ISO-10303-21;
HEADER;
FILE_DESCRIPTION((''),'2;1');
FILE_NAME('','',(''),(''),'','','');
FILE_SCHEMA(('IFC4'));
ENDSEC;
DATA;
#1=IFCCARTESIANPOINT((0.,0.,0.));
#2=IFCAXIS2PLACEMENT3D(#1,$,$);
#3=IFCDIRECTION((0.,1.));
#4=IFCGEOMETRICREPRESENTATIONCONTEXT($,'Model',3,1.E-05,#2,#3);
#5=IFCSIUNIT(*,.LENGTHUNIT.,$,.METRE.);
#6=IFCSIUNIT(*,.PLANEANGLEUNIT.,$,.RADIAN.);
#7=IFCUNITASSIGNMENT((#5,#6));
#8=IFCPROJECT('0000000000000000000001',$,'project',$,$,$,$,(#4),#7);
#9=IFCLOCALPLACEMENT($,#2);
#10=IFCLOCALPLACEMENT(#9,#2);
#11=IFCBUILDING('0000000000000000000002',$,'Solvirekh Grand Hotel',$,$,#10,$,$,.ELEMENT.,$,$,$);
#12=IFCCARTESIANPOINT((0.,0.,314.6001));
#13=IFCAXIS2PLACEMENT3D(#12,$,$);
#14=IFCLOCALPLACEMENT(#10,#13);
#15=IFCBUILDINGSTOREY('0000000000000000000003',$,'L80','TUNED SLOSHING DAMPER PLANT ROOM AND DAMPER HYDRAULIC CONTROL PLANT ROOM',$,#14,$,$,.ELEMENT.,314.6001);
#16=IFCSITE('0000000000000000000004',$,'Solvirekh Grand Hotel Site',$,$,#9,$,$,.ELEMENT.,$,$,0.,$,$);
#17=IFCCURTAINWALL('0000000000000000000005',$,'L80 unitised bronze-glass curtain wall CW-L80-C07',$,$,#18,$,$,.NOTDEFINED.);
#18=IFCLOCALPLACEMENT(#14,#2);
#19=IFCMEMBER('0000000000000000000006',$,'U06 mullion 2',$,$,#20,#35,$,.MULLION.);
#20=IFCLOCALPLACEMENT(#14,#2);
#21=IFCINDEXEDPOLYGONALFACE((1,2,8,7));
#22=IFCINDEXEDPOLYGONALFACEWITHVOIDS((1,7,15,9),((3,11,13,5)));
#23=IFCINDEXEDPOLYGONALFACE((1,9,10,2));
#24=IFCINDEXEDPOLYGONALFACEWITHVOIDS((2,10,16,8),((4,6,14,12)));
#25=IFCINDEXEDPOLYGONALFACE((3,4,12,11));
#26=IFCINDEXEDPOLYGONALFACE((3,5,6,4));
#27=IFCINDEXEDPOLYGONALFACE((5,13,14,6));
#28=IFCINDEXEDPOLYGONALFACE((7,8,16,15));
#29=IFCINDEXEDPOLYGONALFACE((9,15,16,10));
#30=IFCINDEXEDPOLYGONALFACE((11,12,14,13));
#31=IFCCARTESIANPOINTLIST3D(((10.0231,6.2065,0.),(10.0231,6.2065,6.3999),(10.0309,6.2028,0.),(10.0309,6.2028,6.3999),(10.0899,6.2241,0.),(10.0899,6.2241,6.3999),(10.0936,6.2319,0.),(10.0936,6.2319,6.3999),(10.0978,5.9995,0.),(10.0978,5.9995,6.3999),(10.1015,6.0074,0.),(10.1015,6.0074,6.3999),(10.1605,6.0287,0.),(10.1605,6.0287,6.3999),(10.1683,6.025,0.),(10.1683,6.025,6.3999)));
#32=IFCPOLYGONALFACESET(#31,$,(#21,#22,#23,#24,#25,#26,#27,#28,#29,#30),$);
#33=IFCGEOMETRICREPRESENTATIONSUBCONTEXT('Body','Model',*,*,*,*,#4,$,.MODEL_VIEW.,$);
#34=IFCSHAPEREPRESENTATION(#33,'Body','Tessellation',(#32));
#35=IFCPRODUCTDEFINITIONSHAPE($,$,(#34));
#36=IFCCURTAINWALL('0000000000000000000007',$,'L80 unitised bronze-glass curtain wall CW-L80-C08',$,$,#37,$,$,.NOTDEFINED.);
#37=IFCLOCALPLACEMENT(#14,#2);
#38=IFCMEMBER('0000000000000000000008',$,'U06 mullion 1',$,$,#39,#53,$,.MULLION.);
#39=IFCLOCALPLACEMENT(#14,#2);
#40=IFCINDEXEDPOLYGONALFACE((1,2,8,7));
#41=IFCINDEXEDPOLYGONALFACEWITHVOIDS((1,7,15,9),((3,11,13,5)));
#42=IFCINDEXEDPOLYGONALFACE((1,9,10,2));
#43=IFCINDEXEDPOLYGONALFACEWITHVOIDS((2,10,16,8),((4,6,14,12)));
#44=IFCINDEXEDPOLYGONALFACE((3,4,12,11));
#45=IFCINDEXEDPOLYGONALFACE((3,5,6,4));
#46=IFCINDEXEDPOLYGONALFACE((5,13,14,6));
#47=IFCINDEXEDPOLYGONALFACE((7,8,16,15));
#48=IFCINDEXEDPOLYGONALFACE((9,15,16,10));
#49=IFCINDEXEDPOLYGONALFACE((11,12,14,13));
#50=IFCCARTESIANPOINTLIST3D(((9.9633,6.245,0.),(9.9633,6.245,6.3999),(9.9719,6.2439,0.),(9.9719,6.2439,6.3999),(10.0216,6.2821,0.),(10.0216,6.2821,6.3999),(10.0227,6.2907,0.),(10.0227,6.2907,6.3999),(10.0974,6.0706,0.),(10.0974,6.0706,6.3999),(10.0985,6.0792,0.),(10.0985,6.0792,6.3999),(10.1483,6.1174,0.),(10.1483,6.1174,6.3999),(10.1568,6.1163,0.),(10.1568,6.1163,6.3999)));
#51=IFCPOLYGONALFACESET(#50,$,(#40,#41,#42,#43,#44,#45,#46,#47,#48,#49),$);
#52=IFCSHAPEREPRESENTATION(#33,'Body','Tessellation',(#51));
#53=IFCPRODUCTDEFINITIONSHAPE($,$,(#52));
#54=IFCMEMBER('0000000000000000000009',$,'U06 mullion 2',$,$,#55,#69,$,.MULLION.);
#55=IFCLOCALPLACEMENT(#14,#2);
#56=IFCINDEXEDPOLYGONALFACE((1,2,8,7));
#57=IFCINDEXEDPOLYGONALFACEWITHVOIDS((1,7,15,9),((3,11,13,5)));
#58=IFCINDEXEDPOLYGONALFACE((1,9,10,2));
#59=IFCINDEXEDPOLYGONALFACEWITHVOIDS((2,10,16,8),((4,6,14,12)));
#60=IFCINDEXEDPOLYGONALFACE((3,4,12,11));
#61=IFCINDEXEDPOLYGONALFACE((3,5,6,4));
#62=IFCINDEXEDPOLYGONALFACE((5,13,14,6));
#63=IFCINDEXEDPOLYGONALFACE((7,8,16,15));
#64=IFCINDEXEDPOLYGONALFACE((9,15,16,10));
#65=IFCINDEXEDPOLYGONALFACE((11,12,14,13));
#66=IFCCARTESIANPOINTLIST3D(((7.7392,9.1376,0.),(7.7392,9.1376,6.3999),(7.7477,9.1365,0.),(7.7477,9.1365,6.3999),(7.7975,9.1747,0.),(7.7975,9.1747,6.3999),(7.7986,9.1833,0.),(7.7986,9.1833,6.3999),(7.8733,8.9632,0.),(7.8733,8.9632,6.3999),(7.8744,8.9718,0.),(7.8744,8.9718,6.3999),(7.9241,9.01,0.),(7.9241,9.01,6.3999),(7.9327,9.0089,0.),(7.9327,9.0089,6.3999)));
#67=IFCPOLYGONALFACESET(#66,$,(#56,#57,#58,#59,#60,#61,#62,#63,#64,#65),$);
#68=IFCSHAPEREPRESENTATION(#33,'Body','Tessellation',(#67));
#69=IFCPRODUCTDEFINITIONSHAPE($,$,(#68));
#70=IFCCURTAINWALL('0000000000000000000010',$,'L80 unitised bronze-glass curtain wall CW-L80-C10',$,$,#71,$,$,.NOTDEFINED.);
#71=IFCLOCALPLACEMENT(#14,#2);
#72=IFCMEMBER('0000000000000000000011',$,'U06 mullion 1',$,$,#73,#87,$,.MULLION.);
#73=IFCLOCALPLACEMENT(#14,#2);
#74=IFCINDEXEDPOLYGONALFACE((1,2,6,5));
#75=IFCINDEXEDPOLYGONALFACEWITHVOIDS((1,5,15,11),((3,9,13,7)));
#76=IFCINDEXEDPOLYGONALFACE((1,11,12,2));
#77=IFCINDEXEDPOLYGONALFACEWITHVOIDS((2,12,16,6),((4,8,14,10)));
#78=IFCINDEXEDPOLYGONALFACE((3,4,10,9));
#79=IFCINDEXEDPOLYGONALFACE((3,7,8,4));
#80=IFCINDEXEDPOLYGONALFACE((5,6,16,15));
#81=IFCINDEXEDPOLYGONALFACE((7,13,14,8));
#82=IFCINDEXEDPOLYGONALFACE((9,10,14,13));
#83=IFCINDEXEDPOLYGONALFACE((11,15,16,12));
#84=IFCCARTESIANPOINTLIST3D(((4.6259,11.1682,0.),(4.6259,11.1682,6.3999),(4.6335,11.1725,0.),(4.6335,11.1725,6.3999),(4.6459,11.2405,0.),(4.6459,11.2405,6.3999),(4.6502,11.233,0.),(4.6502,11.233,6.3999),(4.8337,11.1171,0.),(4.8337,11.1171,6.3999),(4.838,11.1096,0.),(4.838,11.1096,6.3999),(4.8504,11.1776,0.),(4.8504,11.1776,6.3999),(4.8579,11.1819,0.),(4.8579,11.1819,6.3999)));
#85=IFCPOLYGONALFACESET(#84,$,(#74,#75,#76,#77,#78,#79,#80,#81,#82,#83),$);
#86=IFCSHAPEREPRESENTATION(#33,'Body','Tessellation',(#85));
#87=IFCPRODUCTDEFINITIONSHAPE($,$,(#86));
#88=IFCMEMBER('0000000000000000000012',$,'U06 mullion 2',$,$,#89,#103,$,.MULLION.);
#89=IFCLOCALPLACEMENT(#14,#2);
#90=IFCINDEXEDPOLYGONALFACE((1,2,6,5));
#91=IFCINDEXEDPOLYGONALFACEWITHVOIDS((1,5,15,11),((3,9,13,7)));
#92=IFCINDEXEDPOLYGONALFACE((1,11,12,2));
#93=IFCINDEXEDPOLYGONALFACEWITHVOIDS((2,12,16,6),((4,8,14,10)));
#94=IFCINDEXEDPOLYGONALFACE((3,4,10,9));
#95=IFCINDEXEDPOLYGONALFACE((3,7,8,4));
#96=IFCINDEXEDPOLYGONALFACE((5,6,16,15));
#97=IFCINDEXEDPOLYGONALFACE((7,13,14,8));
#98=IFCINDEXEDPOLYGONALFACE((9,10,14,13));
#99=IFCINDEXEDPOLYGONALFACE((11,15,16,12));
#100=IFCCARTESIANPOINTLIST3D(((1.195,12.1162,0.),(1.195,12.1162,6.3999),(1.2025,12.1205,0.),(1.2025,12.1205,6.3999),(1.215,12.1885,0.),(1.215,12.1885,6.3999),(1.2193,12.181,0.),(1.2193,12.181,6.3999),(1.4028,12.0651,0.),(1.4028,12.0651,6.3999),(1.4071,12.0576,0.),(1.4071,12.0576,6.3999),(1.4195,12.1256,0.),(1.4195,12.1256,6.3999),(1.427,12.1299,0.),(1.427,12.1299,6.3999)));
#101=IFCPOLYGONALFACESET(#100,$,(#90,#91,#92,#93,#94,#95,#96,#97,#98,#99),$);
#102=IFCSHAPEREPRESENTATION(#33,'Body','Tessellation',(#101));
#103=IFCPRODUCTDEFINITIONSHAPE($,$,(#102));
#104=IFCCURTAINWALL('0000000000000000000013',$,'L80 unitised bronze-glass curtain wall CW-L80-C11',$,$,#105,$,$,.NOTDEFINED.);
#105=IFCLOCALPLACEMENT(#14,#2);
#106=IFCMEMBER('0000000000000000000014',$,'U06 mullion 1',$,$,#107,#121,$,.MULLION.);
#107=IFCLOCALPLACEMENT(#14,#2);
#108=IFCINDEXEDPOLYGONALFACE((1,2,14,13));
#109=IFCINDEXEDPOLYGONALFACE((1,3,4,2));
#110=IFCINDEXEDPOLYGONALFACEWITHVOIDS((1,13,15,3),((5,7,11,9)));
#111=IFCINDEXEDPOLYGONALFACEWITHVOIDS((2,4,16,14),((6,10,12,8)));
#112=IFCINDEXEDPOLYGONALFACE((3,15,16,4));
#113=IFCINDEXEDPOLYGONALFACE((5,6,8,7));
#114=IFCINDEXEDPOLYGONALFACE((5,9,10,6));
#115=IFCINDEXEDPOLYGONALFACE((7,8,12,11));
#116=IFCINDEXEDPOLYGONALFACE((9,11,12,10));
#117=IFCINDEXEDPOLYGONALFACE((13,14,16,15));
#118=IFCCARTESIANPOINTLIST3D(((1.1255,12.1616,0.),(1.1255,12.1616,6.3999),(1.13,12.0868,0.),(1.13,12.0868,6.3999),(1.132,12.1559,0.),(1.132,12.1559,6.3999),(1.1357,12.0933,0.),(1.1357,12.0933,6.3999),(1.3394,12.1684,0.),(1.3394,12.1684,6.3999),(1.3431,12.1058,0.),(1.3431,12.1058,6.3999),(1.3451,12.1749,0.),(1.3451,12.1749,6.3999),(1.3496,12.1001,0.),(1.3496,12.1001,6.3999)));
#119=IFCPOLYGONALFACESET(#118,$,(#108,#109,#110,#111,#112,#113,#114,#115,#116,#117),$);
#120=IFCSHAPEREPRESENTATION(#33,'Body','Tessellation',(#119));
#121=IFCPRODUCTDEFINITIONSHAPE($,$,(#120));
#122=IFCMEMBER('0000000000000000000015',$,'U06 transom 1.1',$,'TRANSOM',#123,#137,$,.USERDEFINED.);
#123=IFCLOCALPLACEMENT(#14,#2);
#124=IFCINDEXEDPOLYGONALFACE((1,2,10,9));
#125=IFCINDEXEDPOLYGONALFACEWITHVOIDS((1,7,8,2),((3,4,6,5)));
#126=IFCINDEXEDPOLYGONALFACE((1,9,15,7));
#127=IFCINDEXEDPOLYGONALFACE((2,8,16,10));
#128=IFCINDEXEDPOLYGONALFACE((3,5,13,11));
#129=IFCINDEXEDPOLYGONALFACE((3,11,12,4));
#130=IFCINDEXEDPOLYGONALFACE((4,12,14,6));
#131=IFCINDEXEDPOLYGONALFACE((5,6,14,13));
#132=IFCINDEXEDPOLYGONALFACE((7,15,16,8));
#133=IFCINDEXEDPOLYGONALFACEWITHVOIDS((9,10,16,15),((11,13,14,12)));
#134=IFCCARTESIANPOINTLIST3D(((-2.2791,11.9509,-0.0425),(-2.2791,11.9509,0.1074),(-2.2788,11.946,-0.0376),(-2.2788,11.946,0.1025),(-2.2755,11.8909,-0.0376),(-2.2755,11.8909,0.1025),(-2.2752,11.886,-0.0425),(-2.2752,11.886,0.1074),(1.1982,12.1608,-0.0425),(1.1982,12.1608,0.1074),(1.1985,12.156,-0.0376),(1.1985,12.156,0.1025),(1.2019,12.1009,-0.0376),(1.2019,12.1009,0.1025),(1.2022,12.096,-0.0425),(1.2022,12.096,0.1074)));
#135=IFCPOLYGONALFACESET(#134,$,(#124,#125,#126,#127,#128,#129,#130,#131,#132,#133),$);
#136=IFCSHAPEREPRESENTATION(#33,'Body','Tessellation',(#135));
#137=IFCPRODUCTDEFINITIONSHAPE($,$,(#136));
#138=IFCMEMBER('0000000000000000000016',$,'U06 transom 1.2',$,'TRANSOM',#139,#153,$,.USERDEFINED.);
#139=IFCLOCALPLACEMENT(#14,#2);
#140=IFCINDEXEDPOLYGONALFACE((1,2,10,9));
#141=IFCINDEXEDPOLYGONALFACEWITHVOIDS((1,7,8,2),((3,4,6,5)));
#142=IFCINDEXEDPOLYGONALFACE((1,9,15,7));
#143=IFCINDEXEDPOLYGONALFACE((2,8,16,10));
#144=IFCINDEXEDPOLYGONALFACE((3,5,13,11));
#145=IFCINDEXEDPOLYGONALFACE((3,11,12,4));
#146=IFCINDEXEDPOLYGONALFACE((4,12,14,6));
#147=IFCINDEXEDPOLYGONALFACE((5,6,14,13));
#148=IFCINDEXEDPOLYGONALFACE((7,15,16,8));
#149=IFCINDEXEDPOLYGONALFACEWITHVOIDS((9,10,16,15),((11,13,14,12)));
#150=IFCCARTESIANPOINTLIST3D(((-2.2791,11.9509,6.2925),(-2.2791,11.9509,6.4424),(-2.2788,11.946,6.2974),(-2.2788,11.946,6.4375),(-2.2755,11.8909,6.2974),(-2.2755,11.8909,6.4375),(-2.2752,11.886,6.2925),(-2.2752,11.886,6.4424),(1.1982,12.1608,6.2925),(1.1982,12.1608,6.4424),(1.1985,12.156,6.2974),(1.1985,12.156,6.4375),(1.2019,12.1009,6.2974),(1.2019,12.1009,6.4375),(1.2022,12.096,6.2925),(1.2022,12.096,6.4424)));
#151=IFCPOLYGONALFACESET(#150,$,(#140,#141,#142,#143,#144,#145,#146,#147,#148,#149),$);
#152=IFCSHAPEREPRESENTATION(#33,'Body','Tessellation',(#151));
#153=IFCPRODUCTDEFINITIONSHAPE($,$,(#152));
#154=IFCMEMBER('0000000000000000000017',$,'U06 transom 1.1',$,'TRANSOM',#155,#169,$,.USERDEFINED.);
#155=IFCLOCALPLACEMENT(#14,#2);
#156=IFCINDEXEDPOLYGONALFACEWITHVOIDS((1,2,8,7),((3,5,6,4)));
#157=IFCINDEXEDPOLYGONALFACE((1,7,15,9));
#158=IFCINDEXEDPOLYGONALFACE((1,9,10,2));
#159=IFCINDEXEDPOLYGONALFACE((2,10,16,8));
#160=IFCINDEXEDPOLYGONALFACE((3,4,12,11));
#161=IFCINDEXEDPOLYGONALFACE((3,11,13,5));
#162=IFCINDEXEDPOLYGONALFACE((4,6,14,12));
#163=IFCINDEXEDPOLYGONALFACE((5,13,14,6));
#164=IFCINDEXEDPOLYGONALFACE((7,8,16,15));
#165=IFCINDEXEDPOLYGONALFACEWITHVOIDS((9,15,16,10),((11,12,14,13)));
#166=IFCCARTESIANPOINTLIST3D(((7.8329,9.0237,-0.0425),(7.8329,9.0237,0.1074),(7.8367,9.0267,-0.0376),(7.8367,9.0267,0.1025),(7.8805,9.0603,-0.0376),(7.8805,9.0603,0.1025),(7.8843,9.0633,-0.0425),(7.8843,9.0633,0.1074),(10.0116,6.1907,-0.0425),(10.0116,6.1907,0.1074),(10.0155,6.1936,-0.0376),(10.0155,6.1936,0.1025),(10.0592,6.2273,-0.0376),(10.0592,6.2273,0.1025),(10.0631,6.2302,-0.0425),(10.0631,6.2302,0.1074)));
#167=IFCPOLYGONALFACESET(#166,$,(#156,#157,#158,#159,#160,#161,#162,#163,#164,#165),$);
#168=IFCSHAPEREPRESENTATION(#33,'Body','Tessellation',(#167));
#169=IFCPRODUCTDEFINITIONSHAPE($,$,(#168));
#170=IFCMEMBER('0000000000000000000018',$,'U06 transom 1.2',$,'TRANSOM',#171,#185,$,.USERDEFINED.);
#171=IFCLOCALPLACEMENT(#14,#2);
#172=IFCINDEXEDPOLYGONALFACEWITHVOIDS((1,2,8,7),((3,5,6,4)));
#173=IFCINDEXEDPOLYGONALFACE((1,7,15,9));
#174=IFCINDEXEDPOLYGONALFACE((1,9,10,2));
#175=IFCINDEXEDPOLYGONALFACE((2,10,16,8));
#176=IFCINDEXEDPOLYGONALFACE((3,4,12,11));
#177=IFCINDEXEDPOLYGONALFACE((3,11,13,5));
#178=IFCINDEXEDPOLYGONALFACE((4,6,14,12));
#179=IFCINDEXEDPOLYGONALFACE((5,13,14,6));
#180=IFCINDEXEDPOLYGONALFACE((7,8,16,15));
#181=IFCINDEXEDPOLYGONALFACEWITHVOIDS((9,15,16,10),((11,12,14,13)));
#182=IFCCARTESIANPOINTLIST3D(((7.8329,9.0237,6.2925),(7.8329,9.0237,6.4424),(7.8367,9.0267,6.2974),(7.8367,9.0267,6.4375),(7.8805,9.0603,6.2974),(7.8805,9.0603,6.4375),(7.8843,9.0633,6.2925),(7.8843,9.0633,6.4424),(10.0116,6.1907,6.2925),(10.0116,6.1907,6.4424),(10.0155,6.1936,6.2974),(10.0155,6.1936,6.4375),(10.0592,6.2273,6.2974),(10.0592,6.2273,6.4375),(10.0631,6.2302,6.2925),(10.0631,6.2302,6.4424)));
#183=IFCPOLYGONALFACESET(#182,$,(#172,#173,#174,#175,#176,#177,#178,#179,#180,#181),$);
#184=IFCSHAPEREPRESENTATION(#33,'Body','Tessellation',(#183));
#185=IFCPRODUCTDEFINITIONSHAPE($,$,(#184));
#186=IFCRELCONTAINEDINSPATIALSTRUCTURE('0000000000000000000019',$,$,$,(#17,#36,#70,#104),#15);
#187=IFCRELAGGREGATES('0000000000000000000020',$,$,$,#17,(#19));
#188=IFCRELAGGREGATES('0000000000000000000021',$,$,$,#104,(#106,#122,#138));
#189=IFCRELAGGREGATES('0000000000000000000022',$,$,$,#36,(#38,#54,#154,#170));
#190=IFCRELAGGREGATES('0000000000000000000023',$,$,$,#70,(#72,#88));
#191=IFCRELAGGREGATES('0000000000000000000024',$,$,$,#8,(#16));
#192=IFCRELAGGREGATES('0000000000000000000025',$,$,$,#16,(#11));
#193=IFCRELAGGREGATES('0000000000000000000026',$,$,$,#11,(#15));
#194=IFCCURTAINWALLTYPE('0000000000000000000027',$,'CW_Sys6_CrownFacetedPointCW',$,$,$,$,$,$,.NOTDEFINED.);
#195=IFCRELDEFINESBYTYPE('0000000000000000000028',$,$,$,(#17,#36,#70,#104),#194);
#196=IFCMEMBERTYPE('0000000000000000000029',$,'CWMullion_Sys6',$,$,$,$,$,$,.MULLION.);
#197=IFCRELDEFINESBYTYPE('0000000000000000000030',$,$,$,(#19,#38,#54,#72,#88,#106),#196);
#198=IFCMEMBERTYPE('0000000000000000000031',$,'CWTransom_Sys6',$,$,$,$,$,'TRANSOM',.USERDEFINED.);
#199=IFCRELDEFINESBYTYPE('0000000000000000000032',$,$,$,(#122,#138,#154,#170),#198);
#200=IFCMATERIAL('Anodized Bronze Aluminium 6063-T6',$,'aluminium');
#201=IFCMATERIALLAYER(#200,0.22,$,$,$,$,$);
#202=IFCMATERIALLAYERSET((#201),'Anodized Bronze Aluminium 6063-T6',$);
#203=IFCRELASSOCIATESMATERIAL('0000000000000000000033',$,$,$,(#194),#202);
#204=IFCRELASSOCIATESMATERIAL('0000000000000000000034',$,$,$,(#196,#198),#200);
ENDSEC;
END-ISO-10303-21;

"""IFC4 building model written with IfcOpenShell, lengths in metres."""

from ifc_helpers import new_model, si_unit, direction, frame, origin, origin_2d, place, context, subcontext, project, spatial, hollow_rectangle, extrude, source, transform, mapped, material, layer, layer_set, material_profile, profile_set, type_object, element, aggregate, save


model = new_model("IFC4")

# Units and contexts
model_context = context("Model", 3, precision=1e-05, world=origin(), true_north=direction((0.0, 1.0)))
body_context = subcontext(model_context, "Body", "Model", "MODEL_VIEW")
ifc_project = project(units=[si_unit("LENGTHUNIT", "METRE"), si_unit("PLANEANGLEUNIT", "RADIAN")], contexts=[model_context])

# Site, building, storey
site_placement = place(None, origin())
site = spatial("IfcSite", under=ifc_project, at=site_placement, Name="Solvirekh Grand Hotel Site", CompositionType="ELEMENT", RefElevation=0.0)
building_placement = place(site_placement, origin())
building = spatial("IfcBuilding", under=site, at=building_placement, Name="Solvirekh Grand Hotel", CompositionType="ELEMENT")
storey_placement = place(building_placement, frame((0.0, 0.0, 314.6001)))
storey = spatial("IfcBuildingStorey", under=building, at=storey_placement, Name="L80", Description="TUNED SLOSHING DAMPER PLANT ROOM AND DAMPER HYDRAULIC CONTROL PLANT ROOM", CompositionType="ELEMENT", Elevation=314.6001)

# Curtain wall, member
ifc_material_1 = material(Name="Anodized Bronze Aluminium 6063-T6", Category="aluminium")
ifc_layer_1 = layer(ifc_material_1, 0.22)
ifc_layer_set_1 = layer_set([ifc_layer_1], Name="Anodized Bronze Aluminium 6063-T6")
curtain_wall_type = type_object("IfcCurtainWallType", Name="CW_Sys6_CrownFacetedPointCW", PredefinedType="NOTDEFINED", material=ifc_layer_set_1)
curtain_wall_1_placement = place(storey_placement, origin())
curtain_wall_1 = element("IfcCurtainWall", 1, at=curtain_wall_1_placement, inside=storey, type_object=curtain_wall_type, Name="L80 unitised bronze-glass curtain wall CW-L80-C07", PredefinedType="NOTDEFINED")
ifc_material_profile_1 = material_profile(ifc_material_1, hollow_rectangle(XDim=0.075, YDim=0.22, WallThickness=0.0061, at=origin_2d()), Name="ALU RHS 220X75X6")
ifc_profile_set_1 = profile_set([ifc_material_profile_1], Name="Anodized Bronze Aluminium 6063-T6")
member_type_1 = type_object("IfcMemberType", Name="CWMullion_Sys6", PredefinedType="MULLION", material=ifc_profile_set_1)
shared_shape_1 = source(origin(), body_context, "Body", "SweptSolid", [
    extrude(hollow_rectangle(XDim=0.075, YDim=0.22, WallThickness=0.0061, at=origin_2d()), origin(), (0.0, 0.0, 1.0), 6.3999),
])
member_1_placement = place(storey_placement, frame((10.0957, 6.1157, 0.0), z_axis=(0.0, 0.0, 1.0), x_axis=(-0.940617, -0.339469, 0.0)))
member_1 = element("IfcMember", 2, at=member_1_placement, type_object=member_type_1, Name="U06 mullion 2", PredefinedType="MULLION", context=body_context, shape_type="MappedRepresentation", body=[
    mapped(shared_shape_1, transform((0.0, 0.0, 0.0), x_axis=(1.0, 0.0, 0.0), y_axis=(0.0, 1.0, 0.0), z_axis=(0.0, 0.0, 1.0), scale=1.0)),
])
aggregate(curtain_wall_1, [member_1])

# Curtain walls, members
curtain_wall_2_placement = place(storey_placement, origin())
curtain_wall_2 = element("IfcCurtainWall", 3, at=curtain_wall_2_placement, inside=storey, type_object=curtain_wall_type, Name="L80 unitised bronze-glass curtain wall CW-L80-C08", PredefinedType="NOTDEFINED")
member_2_placement = place(storey_placement, frame((10.0601, 6.1807, 0.0), z_axis=(0.0, 0.0, 1.0), x_axis=(-0.792724, -0.609581, 0.0)))
member_2 = element("IfcMember", 4, at=member_2_placement, type_object=member_type_1, Name="U06 mullion 1", PredefinedType="MULLION", context=body_context, shape_type="MappedRepresentation", body=[
    mapped(shared_shape_1, transform((0.0, 0.0, 0.0), x_axis=(1.0, 0.0, 0.0), y_axis=(0.0, 1.0, 0.0), z_axis=(0.0, 0.0, 1.0), scale=1.0)),
])
member_3_placement = place(storey_placement, frame((7.8359, 9.0732, 0.0), z_axis=(0.0, 0.0, 1.0), x_axis=(-0.792724, -0.609581, 0.0)))
member_3 = element("IfcMember", 5, at=member_3_placement, type_object=member_type_1, Name="U06 mullion 2", PredefinedType="MULLION", context=body_context, shape_type="MappedRepresentation", body=[
    mapped(shared_shape_1, transform((0.0, 0.0, 0.0), x_axis=(1.0, 0.0, 0.0), y_axis=(0.0, 1.0, 0.0), z_axis=(0.0, 0.0, 1.0), scale=1.0)),
])
curtain_wall_3_placement = place(storey_placement, origin())
curtain_wall_3 = element("IfcCurtainWall", 6, at=curtain_wall_3_placement, inside=storey, type_object=curtain_wall_type, Name="L80 unitised bronze-glass curtain wall CW-L80-C10", PredefinedType="NOTDEFINED")
member_4_placement = place(storey_placement, frame((4.7419, 11.175, 0.0), z_axis=(0.0, 0.0, 1.0), x_axis=(-0.266352, -0.963876, 0.0)))
member_4 = element("IfcMember", 7, at=member_4_placement, type_object=member_type_1, Name="U06 mullion 1", PredefinedType="MULLION", context=body_context, shape_type="MappedRepresentation", body=[
    mapped(shared_shape_1, transform((0.0, 0.0, 0.0), x_axis=(1.0, 0.0, 0.0), y_axis=(0.0, 1.0, 0.0), z_axis=(0.0, 0.0, 1.0), scale=1.0)),
])
member_5_placement = place(storey_placement, frame((1.311, 12.123, 0.0), z_axis=(0.0, 0.0, 1.0), x_axis=(-0.266352, -0.963876, 0.0)))
member_5 = element("IfcMember", 8, at=member_5_placement, type_object=member_type_1, Name="U06 mullion 2", PredefinedType="MULLION", context=body_context, shape_type="MappedRepresentation", body=[
    mapped(shared_shape_1, transform((0.0, 0.0, 0.0), x_axis=(1.0, 0.0, 0.0), y_axis=(0.0, 1.0, 0.0), z_axis=(0.0, 0.0, 1.0), scale=1.0)),
])
curtain_wall_4_placement = place(storey_placement, origin())
curtain_wall_4 = element("IfcCurtainWall", 9, at=curtain_wall_4_placement, inside=storey, type_object=curtain_wall_type, Name="L80 unitised bronze-glass curtain wall CW-L80-C11", PredefinedType="NOTDEFINED")
member_6_placement = place(storey_placement, frame((1.2375, 12.1309, 0.0), z_axis=(0.0, 0.0, 1.0), x_axis=(0.060271, -0.998182, 0.0)))
member_6 = element("IfcMember", 10, at=member_6_placement, type_object=member_type_1, Name="U06 mullion 1", PredefinedType="MULLION", context=body_context, shape_type="MappedRepresentation", body=[
    mapped(shared_shape_1, transform((0.0, 0.0, 0.0), x_axis=(1.0, 0.0, 0.0), y_axis=(0.0, 1.0, 0.0), z_axis=(0.0, 0.0, 1.0), scale=1.0)),
])
ifc_material_profile_2 = material_profile(ifc_material_1, hollow_rectangle(XDim=0.0649, YDim=0.1499, WallThickness=0.0049, at=origin_2d()), Name="ALU RHS 150X65X5")
ifc_profile_set_2 = profile_set([ifc_material_profile_2], Name="Anodized Bronze Aluminium 6063-T6")
member_type_2 = type_object("IfcMemberType", Name="CWTransom_Sys6", ElementType="TRANSOM", PredefinedType="USERDEFINED", material=ifc_profile_set_2)
shared_shape_2 = source(origin(), body_context, "Body", "SweptSolid", [
    extrude(hollow_rectangle(XDim=0.0649, YDim=0.1499, WallThickness=0.0049, at=origin_2d()), origin(), (0.0, 0.0, 1.0), 3.4836),
])
member_7_placement = place(storey_placement, frame((1.2002, 12.1284, 0.0325), z_axis=(-0.998182, -0.060271, 0.0), x_axis=(0.060271, -0.998182, 0.0)))
member_7 = element("IfcMember", 11, at=member_7_placement, type_object=member_type_2, Name="U06 transom 1.1", ObjectType="TRANSOM", PredefinedType="USERDEFINED", context=body_context, shape_type="MappedRepresentation", body=[
    mapped(shared_shape_2, transform((0.0, 0.0, 0.0), x_axis=(1.0, 0.0, 0.0), y_axis=(0.0, 1.0, 0.0), z_axis=(0.0, 0.0, 1.0), scale=1.0)),
])
member_8_placement = place(storey_placement, frame((1.2002, 12.1284, 6.3674), z_axis=(-0.998182, -0.060271, 0.0), x_axis=(0.060271, -0.998182, 0.0)))
member_8 = element("IfcMember", 12, at=member_8_placement, type_object=member_type_2, Name="U06 transom 1.2", ObjectType="TRANSOM", PredefinedType="USERDEFINED", context=body_context, shape_type="MappedRepresentation", body=[
    mapped(shared_shape_2, transform((0.0, 0.0, 0.0), x_axis=(1.0, 0.0, 0.0), y_axis=(0.0, 1.0, 0.0), z_axis=(0.0, 0.0, 1.0), scale=1.0)),
])
aggregate(curtain_wall_4, [member_6, member_7, member_8])

# Members
shared_shape_3 = source(origin(), body_context, "Body", "SweptSolid", [
    extrude(hollow_rectangle(XDim=0.0649, YDim=0.1499, WallThickness=0.0049, at=origin_2d()), origin(), (0.0, 0.0, 1.0), 3.574),
])
member_9_placement = place(storey_placement, frame((10.0374, 6.2104, 0.0325), z_axis=(-0.609618, 0.792695, 0.0), x_axis=(-0.792695, -0.609618, 0.0)))
member_9 = element("IfcMember", 13, at=member_9_placement, type_object=member_type_2, Name="U06 transom 1.1", ObjectType="TRANSOM", PredefinedType="USERDEFINED", context=body_context, shape_type="MappedRepresentation", body=[
    mapped(shared_shape_3, transform((0.0, 0.0, 0.0), x_axis=(1.0, 0.0, 0.0), y_axis=(0.0, 1.0, 0.0), z_axis=(0.0, 0.0, 1.0), scale=1.0)),
])
member_10_placement = place(storey_placement, frame((10.0374, 6.2104, 6.3674), z_axis=(-0.609618, 0.792695, 0.0), x_axis=(-0.792695, -0.609618, 0.0)))
member_10 = element("IfcMember", 14, at=member_10_placement, type_object=member_type_2, Name="U06 transom 1.2", ObjectType="TRANSOM", PredefinedType="USERDEFINED", context=body_context, shape_type="MappedRepresentation", body=[
    mapped(shared_shape_3, transform((0.0, 0.0, 0.0), x_axis=(1.0, 0.0, 0.0), y_axis=(0.0, 1.0, 0.0), z_axis=(0.0, 0.0, 1.0), scale=1.0)),
])

aggregate(curtain_wall_2, [member_2, member_3, member_9, member_10])
aggregate(curtain_wall_3, [member_4, member_5])

save(model, "model.ifc")
